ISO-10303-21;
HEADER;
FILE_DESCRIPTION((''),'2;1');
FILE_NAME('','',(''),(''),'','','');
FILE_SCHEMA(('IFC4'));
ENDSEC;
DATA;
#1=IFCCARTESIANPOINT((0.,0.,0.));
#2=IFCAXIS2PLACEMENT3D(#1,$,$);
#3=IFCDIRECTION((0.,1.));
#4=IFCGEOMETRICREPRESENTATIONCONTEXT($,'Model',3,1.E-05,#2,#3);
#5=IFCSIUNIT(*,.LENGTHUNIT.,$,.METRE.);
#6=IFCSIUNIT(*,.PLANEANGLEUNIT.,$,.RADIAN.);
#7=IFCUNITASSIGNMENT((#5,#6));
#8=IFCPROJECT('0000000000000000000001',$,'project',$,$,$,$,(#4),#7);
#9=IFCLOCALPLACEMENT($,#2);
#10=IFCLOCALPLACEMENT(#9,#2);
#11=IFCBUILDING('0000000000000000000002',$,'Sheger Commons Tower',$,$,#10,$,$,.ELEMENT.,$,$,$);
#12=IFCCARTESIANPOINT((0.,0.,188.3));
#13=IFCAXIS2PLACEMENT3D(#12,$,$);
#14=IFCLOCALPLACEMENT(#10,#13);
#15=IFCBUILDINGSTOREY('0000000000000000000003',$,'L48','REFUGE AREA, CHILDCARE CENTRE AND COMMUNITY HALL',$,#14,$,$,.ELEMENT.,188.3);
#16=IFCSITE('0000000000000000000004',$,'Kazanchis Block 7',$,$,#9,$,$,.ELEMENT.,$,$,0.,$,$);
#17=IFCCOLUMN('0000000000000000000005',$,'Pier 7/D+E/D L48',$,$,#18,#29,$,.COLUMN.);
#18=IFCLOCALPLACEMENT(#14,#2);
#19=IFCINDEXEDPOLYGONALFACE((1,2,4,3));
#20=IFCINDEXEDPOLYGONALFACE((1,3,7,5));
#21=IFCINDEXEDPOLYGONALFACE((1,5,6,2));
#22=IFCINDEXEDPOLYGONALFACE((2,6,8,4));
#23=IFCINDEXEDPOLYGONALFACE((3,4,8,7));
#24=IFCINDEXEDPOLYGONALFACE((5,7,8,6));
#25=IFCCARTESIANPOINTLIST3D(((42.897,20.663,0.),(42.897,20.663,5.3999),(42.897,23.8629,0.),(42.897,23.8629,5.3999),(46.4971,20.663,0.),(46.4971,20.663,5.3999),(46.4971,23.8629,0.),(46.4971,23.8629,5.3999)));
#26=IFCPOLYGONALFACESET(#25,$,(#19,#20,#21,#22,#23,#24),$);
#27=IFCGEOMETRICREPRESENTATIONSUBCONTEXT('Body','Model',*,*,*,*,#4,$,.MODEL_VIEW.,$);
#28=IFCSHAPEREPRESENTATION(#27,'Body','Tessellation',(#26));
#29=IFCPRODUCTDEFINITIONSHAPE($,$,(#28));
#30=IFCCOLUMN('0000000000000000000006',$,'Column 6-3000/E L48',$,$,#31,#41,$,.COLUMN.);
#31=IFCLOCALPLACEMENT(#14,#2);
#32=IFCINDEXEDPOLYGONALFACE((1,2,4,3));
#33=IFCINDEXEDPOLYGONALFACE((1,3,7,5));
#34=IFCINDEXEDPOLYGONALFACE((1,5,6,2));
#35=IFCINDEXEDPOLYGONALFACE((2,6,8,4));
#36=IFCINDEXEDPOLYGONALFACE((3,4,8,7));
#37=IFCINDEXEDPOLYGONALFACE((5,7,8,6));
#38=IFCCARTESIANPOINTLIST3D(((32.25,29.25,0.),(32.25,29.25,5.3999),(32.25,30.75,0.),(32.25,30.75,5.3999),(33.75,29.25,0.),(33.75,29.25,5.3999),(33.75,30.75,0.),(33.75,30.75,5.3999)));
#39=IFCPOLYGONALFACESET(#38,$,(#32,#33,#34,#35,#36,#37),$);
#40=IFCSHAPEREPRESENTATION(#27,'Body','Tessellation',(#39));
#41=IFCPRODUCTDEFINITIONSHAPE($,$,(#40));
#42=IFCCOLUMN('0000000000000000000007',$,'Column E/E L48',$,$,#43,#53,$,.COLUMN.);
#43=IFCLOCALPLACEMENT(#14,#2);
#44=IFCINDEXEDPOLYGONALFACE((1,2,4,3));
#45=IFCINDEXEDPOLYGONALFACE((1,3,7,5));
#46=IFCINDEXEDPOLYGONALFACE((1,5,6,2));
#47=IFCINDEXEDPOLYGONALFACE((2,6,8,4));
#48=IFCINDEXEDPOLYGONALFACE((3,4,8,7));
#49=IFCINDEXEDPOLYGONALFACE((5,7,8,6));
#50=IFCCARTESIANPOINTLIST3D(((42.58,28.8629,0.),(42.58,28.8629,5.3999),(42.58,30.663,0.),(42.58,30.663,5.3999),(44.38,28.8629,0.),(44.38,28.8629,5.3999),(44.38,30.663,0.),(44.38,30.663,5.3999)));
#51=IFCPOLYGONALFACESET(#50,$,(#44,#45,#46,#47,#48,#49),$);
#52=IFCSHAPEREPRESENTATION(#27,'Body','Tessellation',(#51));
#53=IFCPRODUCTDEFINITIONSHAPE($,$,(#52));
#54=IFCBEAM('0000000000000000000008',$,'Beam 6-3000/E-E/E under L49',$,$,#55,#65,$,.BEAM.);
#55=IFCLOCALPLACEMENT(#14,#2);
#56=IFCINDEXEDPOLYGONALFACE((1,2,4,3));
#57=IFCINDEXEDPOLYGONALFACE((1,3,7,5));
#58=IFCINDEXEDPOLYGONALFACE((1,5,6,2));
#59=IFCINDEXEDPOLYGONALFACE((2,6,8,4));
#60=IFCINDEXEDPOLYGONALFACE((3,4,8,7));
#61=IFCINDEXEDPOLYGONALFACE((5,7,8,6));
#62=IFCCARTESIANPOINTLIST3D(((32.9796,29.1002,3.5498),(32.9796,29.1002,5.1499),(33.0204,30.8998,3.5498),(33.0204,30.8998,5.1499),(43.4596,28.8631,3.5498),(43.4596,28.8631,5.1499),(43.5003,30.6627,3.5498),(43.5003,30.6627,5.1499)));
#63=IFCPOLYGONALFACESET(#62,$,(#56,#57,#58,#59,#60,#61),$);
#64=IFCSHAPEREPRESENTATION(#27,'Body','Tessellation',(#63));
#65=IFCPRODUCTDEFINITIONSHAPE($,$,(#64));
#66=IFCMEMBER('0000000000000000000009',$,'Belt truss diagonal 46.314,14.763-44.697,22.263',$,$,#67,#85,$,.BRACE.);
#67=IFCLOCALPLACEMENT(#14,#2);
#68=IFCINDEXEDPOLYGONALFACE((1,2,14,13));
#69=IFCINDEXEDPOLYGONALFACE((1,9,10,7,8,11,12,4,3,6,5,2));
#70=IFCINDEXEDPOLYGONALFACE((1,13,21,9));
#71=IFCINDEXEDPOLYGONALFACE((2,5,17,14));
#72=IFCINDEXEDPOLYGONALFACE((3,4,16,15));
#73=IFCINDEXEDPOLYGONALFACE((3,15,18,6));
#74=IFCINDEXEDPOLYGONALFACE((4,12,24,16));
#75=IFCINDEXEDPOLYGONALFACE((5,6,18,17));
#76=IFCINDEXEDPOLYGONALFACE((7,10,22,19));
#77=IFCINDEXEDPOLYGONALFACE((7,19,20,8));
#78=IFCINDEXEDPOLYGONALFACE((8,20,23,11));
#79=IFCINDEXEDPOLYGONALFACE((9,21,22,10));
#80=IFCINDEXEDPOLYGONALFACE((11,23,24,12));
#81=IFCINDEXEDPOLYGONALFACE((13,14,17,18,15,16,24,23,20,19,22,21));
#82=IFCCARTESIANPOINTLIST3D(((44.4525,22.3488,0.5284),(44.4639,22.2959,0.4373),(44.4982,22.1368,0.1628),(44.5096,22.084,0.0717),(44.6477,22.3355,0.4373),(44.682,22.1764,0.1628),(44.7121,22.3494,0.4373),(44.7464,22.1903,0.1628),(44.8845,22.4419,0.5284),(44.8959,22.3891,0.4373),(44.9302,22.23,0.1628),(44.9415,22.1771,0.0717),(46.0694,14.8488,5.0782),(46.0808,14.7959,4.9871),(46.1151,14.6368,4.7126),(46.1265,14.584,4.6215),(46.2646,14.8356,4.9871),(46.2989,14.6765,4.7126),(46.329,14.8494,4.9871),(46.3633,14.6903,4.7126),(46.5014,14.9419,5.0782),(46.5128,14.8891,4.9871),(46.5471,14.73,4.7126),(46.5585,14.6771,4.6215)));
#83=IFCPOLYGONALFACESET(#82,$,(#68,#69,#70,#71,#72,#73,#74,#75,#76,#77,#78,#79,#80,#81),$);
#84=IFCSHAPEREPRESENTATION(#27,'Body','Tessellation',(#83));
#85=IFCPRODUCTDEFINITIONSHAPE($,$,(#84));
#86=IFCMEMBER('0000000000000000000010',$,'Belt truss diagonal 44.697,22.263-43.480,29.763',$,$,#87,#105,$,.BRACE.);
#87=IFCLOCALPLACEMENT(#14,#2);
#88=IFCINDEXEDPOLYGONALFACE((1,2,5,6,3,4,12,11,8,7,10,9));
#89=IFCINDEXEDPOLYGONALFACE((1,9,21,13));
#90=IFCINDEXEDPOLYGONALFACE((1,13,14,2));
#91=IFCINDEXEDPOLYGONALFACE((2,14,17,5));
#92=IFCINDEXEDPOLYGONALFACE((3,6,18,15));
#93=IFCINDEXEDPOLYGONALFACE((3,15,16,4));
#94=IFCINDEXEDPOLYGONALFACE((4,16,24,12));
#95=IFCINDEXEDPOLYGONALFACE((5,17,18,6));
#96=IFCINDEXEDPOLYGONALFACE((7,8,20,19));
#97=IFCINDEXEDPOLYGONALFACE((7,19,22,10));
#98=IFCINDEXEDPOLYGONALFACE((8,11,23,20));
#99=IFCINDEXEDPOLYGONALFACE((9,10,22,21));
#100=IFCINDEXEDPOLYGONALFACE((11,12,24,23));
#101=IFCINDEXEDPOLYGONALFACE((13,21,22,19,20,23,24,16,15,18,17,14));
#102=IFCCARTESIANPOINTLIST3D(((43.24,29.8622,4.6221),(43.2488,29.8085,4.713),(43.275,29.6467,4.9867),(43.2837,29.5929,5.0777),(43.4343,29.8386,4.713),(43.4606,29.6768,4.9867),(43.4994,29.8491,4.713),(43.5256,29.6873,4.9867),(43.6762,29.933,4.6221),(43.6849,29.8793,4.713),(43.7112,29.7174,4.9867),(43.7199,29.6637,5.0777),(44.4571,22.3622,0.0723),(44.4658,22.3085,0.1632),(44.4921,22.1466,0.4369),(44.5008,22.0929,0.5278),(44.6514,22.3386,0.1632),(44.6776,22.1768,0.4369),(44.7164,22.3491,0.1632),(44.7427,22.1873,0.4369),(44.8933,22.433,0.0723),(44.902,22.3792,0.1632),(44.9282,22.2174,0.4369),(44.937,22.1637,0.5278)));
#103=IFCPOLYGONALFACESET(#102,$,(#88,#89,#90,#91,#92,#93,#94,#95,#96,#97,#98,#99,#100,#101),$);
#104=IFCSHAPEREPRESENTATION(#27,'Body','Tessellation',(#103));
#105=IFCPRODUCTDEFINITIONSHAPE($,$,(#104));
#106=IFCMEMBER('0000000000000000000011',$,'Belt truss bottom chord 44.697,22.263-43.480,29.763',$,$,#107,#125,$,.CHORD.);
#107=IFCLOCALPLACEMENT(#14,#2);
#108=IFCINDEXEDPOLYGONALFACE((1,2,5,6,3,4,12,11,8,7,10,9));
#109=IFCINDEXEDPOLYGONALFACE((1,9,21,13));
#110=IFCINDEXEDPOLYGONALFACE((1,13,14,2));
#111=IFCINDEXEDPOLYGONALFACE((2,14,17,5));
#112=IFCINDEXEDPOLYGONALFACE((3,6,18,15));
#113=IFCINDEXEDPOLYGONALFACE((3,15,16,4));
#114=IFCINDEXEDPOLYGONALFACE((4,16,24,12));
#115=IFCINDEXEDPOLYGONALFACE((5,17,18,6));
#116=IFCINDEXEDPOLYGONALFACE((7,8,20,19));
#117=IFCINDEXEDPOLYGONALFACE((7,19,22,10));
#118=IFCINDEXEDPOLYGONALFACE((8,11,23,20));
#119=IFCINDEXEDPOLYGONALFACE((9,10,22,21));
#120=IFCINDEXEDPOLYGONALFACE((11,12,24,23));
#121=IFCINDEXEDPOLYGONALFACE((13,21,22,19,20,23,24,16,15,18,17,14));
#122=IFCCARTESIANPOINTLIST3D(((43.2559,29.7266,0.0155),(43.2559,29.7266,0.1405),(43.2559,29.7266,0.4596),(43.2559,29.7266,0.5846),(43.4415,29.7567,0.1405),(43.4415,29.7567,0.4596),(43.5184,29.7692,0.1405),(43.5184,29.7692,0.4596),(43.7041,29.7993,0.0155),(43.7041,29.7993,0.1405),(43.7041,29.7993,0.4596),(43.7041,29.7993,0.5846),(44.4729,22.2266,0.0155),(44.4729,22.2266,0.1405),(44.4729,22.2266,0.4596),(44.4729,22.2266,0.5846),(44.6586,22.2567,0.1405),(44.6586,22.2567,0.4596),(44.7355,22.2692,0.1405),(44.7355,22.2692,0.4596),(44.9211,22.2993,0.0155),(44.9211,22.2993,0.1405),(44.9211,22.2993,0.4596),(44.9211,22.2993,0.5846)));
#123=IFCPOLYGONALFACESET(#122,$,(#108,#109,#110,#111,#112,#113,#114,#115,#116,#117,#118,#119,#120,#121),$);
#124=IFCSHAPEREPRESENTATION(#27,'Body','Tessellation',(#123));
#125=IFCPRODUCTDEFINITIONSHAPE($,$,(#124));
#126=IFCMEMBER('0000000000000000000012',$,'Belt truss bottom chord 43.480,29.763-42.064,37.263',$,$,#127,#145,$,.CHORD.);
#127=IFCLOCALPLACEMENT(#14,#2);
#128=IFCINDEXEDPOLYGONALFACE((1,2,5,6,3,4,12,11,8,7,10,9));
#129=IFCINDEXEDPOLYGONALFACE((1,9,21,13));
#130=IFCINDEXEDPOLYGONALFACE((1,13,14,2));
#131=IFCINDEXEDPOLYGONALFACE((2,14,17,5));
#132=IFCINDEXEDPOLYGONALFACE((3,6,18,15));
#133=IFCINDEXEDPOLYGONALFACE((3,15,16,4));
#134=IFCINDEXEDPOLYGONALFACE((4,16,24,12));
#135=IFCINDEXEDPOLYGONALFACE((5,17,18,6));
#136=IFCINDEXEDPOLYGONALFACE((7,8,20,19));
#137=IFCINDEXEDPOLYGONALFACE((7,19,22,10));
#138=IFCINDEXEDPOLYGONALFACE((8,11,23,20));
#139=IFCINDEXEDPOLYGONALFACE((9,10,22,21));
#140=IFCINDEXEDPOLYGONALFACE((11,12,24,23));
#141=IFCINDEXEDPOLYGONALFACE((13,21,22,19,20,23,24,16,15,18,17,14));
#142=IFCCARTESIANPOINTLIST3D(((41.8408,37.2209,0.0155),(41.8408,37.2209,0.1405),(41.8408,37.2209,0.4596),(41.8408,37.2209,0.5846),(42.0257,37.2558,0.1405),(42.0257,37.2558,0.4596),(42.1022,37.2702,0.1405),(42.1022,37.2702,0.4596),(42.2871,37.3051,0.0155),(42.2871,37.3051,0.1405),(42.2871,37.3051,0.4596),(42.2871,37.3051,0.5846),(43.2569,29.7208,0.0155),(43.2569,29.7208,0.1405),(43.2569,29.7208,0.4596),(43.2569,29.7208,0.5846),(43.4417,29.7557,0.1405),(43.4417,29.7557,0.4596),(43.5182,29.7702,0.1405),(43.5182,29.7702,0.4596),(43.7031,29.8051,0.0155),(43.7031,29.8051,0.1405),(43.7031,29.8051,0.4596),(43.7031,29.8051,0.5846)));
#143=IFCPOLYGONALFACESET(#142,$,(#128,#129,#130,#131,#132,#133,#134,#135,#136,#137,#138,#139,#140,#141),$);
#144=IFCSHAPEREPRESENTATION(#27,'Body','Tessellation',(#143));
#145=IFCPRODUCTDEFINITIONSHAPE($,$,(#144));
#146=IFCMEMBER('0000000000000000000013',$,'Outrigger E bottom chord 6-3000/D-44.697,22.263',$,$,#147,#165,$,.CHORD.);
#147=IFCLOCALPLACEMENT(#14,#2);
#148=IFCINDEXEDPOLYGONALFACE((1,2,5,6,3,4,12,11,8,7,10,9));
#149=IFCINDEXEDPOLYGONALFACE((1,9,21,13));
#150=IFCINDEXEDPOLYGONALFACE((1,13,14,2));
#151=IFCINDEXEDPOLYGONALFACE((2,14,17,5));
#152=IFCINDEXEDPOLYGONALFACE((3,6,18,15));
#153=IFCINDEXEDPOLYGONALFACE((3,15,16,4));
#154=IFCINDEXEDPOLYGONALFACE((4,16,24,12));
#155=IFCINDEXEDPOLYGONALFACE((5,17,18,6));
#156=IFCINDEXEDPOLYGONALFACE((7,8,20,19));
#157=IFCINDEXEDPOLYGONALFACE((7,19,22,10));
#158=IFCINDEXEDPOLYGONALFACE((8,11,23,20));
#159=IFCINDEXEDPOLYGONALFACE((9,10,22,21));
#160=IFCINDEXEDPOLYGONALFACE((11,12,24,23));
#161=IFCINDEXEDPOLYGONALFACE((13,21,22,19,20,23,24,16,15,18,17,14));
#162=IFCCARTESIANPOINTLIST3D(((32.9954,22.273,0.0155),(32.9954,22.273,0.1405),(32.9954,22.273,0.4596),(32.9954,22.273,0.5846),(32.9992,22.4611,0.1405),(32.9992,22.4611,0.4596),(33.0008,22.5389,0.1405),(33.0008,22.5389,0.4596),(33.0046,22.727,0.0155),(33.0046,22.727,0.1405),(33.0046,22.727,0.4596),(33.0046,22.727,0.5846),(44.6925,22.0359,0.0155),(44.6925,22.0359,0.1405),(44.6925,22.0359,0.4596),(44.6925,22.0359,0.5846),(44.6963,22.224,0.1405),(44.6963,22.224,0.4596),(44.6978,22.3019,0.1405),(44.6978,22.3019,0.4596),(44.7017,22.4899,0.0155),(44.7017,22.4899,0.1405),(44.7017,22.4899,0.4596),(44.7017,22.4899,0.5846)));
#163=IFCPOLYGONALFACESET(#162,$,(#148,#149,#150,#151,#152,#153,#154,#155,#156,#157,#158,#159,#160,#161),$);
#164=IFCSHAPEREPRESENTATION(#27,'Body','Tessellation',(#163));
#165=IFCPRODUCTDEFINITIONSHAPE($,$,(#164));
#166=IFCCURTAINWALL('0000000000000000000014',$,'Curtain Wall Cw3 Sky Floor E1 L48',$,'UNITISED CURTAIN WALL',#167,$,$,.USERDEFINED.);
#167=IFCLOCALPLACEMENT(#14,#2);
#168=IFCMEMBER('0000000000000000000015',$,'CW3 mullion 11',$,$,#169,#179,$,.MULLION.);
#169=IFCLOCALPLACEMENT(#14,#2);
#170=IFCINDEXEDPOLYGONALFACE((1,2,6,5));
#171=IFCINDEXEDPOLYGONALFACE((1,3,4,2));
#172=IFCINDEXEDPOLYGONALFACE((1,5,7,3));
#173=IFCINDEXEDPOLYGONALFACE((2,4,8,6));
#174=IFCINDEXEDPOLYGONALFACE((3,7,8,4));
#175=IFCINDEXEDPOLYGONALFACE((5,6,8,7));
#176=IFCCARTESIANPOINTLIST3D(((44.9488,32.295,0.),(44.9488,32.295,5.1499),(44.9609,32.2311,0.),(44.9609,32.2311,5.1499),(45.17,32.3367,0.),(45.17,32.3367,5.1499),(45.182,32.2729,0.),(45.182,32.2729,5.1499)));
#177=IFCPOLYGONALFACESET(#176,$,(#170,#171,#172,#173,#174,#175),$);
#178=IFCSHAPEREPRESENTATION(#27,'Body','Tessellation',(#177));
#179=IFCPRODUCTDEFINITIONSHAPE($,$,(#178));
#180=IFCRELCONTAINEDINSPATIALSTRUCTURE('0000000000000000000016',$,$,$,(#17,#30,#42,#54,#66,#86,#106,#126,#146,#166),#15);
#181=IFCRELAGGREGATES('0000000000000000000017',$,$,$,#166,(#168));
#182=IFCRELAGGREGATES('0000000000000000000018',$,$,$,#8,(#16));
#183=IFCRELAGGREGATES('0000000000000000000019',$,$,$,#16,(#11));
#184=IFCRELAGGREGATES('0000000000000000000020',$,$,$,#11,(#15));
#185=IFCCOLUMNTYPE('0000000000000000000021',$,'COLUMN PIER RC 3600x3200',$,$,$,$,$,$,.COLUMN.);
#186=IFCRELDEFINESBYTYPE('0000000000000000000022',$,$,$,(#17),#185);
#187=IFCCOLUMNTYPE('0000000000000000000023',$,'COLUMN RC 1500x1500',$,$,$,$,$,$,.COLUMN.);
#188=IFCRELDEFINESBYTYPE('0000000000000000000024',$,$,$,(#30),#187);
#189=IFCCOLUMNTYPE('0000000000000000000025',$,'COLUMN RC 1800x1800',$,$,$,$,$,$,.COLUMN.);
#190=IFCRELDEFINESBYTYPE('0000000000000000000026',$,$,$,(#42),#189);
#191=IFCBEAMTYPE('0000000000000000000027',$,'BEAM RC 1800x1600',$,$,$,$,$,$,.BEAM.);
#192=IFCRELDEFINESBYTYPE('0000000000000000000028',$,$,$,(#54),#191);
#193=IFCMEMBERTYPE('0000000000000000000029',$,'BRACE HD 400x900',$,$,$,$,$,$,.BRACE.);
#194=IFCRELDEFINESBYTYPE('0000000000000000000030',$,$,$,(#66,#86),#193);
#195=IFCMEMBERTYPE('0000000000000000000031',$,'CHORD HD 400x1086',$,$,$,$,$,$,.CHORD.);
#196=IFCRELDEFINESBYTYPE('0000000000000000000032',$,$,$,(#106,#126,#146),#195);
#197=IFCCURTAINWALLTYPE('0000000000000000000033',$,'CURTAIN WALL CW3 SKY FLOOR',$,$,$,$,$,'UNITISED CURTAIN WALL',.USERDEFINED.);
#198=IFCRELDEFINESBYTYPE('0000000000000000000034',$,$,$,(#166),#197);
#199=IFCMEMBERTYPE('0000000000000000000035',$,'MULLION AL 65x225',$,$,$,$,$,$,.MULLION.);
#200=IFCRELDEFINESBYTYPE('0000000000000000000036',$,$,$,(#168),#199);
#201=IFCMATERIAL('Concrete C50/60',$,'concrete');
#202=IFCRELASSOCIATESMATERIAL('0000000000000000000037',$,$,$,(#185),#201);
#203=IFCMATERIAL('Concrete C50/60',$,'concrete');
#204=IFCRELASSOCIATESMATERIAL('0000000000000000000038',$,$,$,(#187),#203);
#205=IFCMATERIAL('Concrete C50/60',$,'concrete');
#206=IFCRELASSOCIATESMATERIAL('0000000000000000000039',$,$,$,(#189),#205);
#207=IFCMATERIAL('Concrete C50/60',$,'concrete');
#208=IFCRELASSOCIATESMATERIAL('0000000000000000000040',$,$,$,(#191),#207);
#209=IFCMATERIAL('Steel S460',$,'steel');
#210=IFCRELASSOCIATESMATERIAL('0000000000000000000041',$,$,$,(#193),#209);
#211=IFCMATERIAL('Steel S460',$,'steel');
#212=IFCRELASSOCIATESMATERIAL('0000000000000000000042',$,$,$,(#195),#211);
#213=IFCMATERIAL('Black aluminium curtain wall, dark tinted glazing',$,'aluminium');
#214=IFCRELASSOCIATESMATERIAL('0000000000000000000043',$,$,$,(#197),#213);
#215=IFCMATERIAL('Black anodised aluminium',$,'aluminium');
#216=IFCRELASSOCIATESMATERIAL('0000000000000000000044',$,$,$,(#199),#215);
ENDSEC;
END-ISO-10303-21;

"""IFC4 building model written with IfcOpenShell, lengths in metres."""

from ifc_helpers import new_model, si_unit, direction, frame, origin, origin_2d, place, context, subcontext, project, spatial, rectangle, i_section, extrude, material, material_profile, profile_set, type_object, element, aggregate, save


model = new_model("IFC4")

# Units and contexts
model_context = context("Model", 3, precision=1e-05, world=origin(), true_north=direction((0.0, 1.0)))
body_context = subcontext(model_context, "Body", "Model", "MODEL_VIEW")
ifc_project = project(units=[si_unit("LENGTHUNIT", "METRE"), si_unit("PLANEANGLEUNIT", "RADIAN")], contexts=[model_context])

# Site, building, storey
site_placement = place(None, origin())
site = spatial("IfcSite", under=ifc_project, at=site_placement, Name="Kazanchis Block 7", CompositionType="ELEMENT", RefElevation=0.0)
building_placement = place(site_placement, origin())
building = spatial("IfcBuilding", under=site, at=building_placement, Name="Sheger Commons Tower", CompositionType="ELEMENT")
storey_placement = place(building_placement, frame((0.0, 0.0, 188.3)))
storey = spatial("IfcBuildingStorey", under=building, at=storey_placement, Name="L48", Description="REFUGE AREA, CHILDCARE CENTRE AND COMMUNITY HALL", CompositionType="ELEMENT", Elevation=188.3)

# Columns
ifc_material_1 = material(Name="Concrete C50/60", Category="concrete")
ifc_material_profile_1 = material_profile(ifc_material_1, rectangle(XDim=3.6001, YDim=3.2, at=origin_2d()), Name="RC 3600x3200")
ifc_profile_set_1 = profile_set([ifc_material_profile_1], Name="Concrete C50/60")
column_type_1 = type_object("IfcColumnType", Name="COLUMN PIER RC 3600x3200", PredefinedType="COLUMN", material=ifc_profile_set_1)
column_1_placement = place(storey_placement, frame((44.697, 22.2629, 0.0), z_axis=(0.0, 0.0, 1.0), x_axis=(1.0, 0.0, 0.0)))
element("IfcColumn", 1, at=column_1_placement, inside=storey, type_object=column_type_1, Name="Pier 7/D+E/D L48", PredefinedType="COLUMN", context=body_context, shape_type="SweptSolid", body=[
    extrude(rectangle(XDim=3.6001, YDim=3.2, at=origin_2d()), origin(), (0.0, 0.0, 1.0), 5.3999),
])
ifc_material_2 = material(Name="Concrete C50/60", Category="concrete")
ifc_material_profile_2 = material_profile(ifc_material_2, rectangle(XDim=1.5, YDim=1.5, at=origin_2d()), Name="RC 1500x1500")
ifc_profile_set_2 = profile_set([ifc_material_profile_2], Name="Concrete C50/60")
column_type_2 = type_object("IfcColumnType", Name="COLUMN RC 1500x1500", PredefinedType="COLUMN", material=ifc_profile_set_2)
column_2_placement = place(storey_placement, frame((33.0, 30.0, 0.0), z_axis=(0.0, 0.0, 1.0), x_axis=(1.0, 0.0, 0.0)))
element("IfcColumn", 2, at=column_2_placement, inside=storey, type_object=column_type_2, Name="Column 6-3000/E L48", PredefinedType="COLUMN", context=body_context, shape_type="SweptSolid", body=[
    extrude(rectangle(XDim=1.5, YDim=1.5, at=origin_2d()), origin(), (0.0, 0.0, 1.0), 5.3999),
])
ifc_material_3 = material(Name="Concrete C50/60", Category="concrete")
ifc_material_profile_3 = material_profile(ifc_material_3, rectangle(XDim=1.8, YDim=1.8, at=origin_2d()), Name="RC 1800x1800")
ifc_profile_set_3 = profile_set([ifc_material_profile_3], Name="Concrete C50/60")
column_type_3 = type_object("IfcColumnType", Name="COLUMN RC 1800x1800", PredefinedType="COLUMN", material=ifc_profile_set_3)
column_3_placement = place(storey_placement, frame((43.48, 29.7629, 0.0), z_axis=(0.0, 0.0, 1.0), x_axis=(1.0, 0.0, 0.0)))
element("IfcColumn", 3, at=column_3_placement, inside=storey, type_object=column_type_3, Name="Column E/E L48", PredefinedType="COLUMN", context=body_context, shape_type="SweptSolid", body=[
    extrude(rectangle(XDim=1.8, YDim=1.8, at=origin_2d()), origin(), (0.0, 0.0, 1.0), 5.3999),
])

# Beam
ifc_material_4 = material(Name="Concrete C50/60", Category="concrete")
ifc_material_profile_4 = material_profile(ifc_material_4, rectangle(XDim=1.8, YDim=1.6001, at=origin_2d()), Name="RC 1800x1600")
ifc_profile_set_4 = profile_set([ifc_material_profile_4], Name="Concrete C50/60")
beam_type_1 = type_object("IfcBeamType", Name="BEAM RC 1800x1600", PredefinedType="BEAM", material=ifc_profile_set_4)
beam_1_placement = place(storey_placement, frame((33.0, 30.0, 4.3499), z_axis=(0.999744, -0.022615, 0.0), x_axis=(0.022615, 0.999744, 0.0)))
element("IfcBeam", 4, at=beam_1_placement, inside=storey, type_object=beam_type_1, Name="Beam 6-3000/E-E/E under L49", PredefinedType="BEAM", context=body_context, shape_type="SweptSolid", body=[
    extrude(rectangle(XDim=1.8, YDim=1.6001, at=origin_2d()), origin(), (0.0, 0.0, 1.0), 10.4827),
])

# Members
ifc_material_5 = material(Name="Steel S460", Category="steel")
ifc_material_profile_5 = material_profile(ifc_material_5, i_section(OverallWidth=0.4419, OverallDepth=0.531, WebThickness=0.0659, FlangeThickness=0.106, at=origin_2d()), Name="HD 400x900")
ifc_profile_set_5 = profile_set([ifc_material_profile_5], Name="Steel S460")
member_type_1 = type_object("IfcMemberType", Name="BRACE HD 400x900", PredefinedType="BRACE", material=ifc_profile_set_5)
member_1_placement = place(storey_placement, frame((44.697, 22.2629, 0.3), z_axis=(0.181273, -0.840813, 0.510072), x_axis=(0.97754, 0.21075, 0.0)))
element("IfcMember", 5, at=member_1_placement, inside=storey, type_object=member_type_1, Name="Belt truss diagonal 46.314,14.763-44.697,22.263", PredefinedType="BRACE", context=body_context, shape_type="SweptSolid", body=[
    extrude(i_section(OverallWidth=0.4419, OverallDepth=0.531, WebThickness=0.0659, FlangeThickness=0.106, at=origin_2d()), origin(), (0.0, 0.0, 1.0), 8.9199),
])
member_2_placement = place(storey_placement, frame((44.697, 22.2629, 0.3), z_axis=(-0.137423, 0.846866, 0.513744), x_axis=(-0.987088, -0.160177, 0.0)))
element("IfcMember", 6, at=member_2_placement, inside=storey, type_object=member_type_1, Name="Belt truss diagonal 44.697,22.263-43.480,29.763", PredefinedType="BRACE", context=body_context, shape_type="SweptSolid", body=[
    extrude(i_section(OverallWidth=0.4419, OverallDepth=0.531, WebThickness=0.0659, FlangeThickness=0.106, at=origin_2d()), origin(), (0.0, 0.0, 1.0), 8.8562),
])
ifc_material_6 = material(Name="Steel S460", Category="steel")
ifc_material_profile_6 = material_profile(ifc_material_6, i_section(OverallWidth=0.4541, OverallDepth=0.5691, WebThickness=0.0779, FlangeThickness=0.125, at=origin_2d()), Name="HD 400x1086")
ifc_profile_set_6 = profile_set([ifc_material_profile_6], Name="Steel S460")
member_type_2 = type_object("IfcMemberType", Name="CHORD HD 400x1086", PredefinedType="CHORD", material=ifc_profile_set_6)
member_3_placement = place(storey_placement, frame((44.697, 22.2629, 0.3), z_axis=(-0.160177, 0.987088, 0.0), x_axis=(-0.987088, -0.160177, 0.0)))
element("IfcMember", 7, at=member_3_placement, inside=storey, type_object=member_type_2, Name="Belt truss bottom chord 44.697,22.263-43.480,29.763", PredefinedType="CHORD", context=body_context, shape_type="SweptSolid", body=[
    extrude(i_section(OverallWidth=0.4541, OverallDepth=0.5691, WebThickness=0.0779, FlangeThickness=0.125, at=origin_2d()), origin(), (0.0, 0.0, 1.0), 7.5981),
])
member_4_placement = place(storey_placement, frame((43.48, 29.7629, 0.3), z_axis=(-0.185524, 0.98264, 0.0), x_axis=(-0.98264, -0.185524, 0.0)))
element("IfcMember", 8, at=member_4_placement, inside=storey, type_object=member_type_2, Name="Belt truss bottom chord 43.480,29.763-42.064,37.263", PredefinedType="CHORD", context=body_context, shape_type="SweptSolid", body=[
    extrude(i_section(OverallWidth=0.4541, OverallDepth=0.5691, WebThickness=0.0779, FlangeThickness=0.125, at=origin_2d()), origin(), (0.0, 0.0, 1.0), 7.6326),
])
member_5_placement = place(storey_placement, frame((33.0, 22.5, 0.3), z_axis=(0.999795, -0.020263, 0.0), x_axis=(0.020263, 0.999795, 0.0)))
element("IfcMember", 9, at=member_5_placement, inside=storey, type_object=member_type_2, Name="Outrigger E bottom chord 6-3000/D-44.697,22.263", PredefinedType="CHORD", context=body_context, shape_type="SweptSolid", body=[
    extrude(i_section(OverallWidth=0.4541, OverallDepth=0.5691, WebThickness=0.0779, FlangeThickness=0.125, at=origin_2d()), origin(), (0.0, 0.0, 1.0), 11.6995),
])

# Curtain wall, member
ifc_material_7 = material(Name="Black aluminium curtain wall, dark tinted glazing", Category="aluminium")
curtain_wall_type = type_object("IfcCurtainWallType", Name="CURTAIN WALL CW3 SKY FLOOR", ElementType="UNITISED CURTAIN WALL", PredefinedType="USERDEFINED", material=ifc_material_7)
curtain_wall_placement = place(storey_placement, origin())
curtain_wall = element("IfcCurtainWall", 10, at=curtain_wall_placement, inside=storey, type_object=curtain_wall_type, Name="Curtain Wall Cw3 Sky Floor E1 L48", ObjectType="UNITISED CURTAIN WALL", PredefinedType="USERDEFINED")
ifc_material_8 = material(Name="Black anodised aluminium", Category="aluminium")
ifc_material_profile_7 = material_profile(ifc_material_8, rectangle(XDim=0.2251, YDim=0.0649, at=origin_2d()), Name="AL 65x225")
ifc_profile_set_7 = profile_set([ifc_material_profile_7], Name="Black anodised aluminium")
member_type_3 = type_object("IfcMemberType", Name="MULLION AL 65x225", PredefinedType="MULLION", material=ifc_profile_set_7)
member_6_placement = place(storey_placement, frame((45.0654, 32.2839, 0.0), z_axis=(0.0, 0.0, 1.0), x_axis=(-0.982624, -0.18561, 0.0)))
member_6 = element("IfcMember", 11, at=member_6_placement, type_object=member_type_3, Name="CW3 mullion 11", PredefinedType="MULLION", context=body_context, shape_type="SweptSolid", body=[
    extrude(rectangle(XDim=0.2251, YDim=0.0649, at=origin_2d()), origin(), (0.0, 0.0, 1.0), 5.1499),
])

aggregate(curtain_wall, [member_6])

save(model, "model.ifc")
